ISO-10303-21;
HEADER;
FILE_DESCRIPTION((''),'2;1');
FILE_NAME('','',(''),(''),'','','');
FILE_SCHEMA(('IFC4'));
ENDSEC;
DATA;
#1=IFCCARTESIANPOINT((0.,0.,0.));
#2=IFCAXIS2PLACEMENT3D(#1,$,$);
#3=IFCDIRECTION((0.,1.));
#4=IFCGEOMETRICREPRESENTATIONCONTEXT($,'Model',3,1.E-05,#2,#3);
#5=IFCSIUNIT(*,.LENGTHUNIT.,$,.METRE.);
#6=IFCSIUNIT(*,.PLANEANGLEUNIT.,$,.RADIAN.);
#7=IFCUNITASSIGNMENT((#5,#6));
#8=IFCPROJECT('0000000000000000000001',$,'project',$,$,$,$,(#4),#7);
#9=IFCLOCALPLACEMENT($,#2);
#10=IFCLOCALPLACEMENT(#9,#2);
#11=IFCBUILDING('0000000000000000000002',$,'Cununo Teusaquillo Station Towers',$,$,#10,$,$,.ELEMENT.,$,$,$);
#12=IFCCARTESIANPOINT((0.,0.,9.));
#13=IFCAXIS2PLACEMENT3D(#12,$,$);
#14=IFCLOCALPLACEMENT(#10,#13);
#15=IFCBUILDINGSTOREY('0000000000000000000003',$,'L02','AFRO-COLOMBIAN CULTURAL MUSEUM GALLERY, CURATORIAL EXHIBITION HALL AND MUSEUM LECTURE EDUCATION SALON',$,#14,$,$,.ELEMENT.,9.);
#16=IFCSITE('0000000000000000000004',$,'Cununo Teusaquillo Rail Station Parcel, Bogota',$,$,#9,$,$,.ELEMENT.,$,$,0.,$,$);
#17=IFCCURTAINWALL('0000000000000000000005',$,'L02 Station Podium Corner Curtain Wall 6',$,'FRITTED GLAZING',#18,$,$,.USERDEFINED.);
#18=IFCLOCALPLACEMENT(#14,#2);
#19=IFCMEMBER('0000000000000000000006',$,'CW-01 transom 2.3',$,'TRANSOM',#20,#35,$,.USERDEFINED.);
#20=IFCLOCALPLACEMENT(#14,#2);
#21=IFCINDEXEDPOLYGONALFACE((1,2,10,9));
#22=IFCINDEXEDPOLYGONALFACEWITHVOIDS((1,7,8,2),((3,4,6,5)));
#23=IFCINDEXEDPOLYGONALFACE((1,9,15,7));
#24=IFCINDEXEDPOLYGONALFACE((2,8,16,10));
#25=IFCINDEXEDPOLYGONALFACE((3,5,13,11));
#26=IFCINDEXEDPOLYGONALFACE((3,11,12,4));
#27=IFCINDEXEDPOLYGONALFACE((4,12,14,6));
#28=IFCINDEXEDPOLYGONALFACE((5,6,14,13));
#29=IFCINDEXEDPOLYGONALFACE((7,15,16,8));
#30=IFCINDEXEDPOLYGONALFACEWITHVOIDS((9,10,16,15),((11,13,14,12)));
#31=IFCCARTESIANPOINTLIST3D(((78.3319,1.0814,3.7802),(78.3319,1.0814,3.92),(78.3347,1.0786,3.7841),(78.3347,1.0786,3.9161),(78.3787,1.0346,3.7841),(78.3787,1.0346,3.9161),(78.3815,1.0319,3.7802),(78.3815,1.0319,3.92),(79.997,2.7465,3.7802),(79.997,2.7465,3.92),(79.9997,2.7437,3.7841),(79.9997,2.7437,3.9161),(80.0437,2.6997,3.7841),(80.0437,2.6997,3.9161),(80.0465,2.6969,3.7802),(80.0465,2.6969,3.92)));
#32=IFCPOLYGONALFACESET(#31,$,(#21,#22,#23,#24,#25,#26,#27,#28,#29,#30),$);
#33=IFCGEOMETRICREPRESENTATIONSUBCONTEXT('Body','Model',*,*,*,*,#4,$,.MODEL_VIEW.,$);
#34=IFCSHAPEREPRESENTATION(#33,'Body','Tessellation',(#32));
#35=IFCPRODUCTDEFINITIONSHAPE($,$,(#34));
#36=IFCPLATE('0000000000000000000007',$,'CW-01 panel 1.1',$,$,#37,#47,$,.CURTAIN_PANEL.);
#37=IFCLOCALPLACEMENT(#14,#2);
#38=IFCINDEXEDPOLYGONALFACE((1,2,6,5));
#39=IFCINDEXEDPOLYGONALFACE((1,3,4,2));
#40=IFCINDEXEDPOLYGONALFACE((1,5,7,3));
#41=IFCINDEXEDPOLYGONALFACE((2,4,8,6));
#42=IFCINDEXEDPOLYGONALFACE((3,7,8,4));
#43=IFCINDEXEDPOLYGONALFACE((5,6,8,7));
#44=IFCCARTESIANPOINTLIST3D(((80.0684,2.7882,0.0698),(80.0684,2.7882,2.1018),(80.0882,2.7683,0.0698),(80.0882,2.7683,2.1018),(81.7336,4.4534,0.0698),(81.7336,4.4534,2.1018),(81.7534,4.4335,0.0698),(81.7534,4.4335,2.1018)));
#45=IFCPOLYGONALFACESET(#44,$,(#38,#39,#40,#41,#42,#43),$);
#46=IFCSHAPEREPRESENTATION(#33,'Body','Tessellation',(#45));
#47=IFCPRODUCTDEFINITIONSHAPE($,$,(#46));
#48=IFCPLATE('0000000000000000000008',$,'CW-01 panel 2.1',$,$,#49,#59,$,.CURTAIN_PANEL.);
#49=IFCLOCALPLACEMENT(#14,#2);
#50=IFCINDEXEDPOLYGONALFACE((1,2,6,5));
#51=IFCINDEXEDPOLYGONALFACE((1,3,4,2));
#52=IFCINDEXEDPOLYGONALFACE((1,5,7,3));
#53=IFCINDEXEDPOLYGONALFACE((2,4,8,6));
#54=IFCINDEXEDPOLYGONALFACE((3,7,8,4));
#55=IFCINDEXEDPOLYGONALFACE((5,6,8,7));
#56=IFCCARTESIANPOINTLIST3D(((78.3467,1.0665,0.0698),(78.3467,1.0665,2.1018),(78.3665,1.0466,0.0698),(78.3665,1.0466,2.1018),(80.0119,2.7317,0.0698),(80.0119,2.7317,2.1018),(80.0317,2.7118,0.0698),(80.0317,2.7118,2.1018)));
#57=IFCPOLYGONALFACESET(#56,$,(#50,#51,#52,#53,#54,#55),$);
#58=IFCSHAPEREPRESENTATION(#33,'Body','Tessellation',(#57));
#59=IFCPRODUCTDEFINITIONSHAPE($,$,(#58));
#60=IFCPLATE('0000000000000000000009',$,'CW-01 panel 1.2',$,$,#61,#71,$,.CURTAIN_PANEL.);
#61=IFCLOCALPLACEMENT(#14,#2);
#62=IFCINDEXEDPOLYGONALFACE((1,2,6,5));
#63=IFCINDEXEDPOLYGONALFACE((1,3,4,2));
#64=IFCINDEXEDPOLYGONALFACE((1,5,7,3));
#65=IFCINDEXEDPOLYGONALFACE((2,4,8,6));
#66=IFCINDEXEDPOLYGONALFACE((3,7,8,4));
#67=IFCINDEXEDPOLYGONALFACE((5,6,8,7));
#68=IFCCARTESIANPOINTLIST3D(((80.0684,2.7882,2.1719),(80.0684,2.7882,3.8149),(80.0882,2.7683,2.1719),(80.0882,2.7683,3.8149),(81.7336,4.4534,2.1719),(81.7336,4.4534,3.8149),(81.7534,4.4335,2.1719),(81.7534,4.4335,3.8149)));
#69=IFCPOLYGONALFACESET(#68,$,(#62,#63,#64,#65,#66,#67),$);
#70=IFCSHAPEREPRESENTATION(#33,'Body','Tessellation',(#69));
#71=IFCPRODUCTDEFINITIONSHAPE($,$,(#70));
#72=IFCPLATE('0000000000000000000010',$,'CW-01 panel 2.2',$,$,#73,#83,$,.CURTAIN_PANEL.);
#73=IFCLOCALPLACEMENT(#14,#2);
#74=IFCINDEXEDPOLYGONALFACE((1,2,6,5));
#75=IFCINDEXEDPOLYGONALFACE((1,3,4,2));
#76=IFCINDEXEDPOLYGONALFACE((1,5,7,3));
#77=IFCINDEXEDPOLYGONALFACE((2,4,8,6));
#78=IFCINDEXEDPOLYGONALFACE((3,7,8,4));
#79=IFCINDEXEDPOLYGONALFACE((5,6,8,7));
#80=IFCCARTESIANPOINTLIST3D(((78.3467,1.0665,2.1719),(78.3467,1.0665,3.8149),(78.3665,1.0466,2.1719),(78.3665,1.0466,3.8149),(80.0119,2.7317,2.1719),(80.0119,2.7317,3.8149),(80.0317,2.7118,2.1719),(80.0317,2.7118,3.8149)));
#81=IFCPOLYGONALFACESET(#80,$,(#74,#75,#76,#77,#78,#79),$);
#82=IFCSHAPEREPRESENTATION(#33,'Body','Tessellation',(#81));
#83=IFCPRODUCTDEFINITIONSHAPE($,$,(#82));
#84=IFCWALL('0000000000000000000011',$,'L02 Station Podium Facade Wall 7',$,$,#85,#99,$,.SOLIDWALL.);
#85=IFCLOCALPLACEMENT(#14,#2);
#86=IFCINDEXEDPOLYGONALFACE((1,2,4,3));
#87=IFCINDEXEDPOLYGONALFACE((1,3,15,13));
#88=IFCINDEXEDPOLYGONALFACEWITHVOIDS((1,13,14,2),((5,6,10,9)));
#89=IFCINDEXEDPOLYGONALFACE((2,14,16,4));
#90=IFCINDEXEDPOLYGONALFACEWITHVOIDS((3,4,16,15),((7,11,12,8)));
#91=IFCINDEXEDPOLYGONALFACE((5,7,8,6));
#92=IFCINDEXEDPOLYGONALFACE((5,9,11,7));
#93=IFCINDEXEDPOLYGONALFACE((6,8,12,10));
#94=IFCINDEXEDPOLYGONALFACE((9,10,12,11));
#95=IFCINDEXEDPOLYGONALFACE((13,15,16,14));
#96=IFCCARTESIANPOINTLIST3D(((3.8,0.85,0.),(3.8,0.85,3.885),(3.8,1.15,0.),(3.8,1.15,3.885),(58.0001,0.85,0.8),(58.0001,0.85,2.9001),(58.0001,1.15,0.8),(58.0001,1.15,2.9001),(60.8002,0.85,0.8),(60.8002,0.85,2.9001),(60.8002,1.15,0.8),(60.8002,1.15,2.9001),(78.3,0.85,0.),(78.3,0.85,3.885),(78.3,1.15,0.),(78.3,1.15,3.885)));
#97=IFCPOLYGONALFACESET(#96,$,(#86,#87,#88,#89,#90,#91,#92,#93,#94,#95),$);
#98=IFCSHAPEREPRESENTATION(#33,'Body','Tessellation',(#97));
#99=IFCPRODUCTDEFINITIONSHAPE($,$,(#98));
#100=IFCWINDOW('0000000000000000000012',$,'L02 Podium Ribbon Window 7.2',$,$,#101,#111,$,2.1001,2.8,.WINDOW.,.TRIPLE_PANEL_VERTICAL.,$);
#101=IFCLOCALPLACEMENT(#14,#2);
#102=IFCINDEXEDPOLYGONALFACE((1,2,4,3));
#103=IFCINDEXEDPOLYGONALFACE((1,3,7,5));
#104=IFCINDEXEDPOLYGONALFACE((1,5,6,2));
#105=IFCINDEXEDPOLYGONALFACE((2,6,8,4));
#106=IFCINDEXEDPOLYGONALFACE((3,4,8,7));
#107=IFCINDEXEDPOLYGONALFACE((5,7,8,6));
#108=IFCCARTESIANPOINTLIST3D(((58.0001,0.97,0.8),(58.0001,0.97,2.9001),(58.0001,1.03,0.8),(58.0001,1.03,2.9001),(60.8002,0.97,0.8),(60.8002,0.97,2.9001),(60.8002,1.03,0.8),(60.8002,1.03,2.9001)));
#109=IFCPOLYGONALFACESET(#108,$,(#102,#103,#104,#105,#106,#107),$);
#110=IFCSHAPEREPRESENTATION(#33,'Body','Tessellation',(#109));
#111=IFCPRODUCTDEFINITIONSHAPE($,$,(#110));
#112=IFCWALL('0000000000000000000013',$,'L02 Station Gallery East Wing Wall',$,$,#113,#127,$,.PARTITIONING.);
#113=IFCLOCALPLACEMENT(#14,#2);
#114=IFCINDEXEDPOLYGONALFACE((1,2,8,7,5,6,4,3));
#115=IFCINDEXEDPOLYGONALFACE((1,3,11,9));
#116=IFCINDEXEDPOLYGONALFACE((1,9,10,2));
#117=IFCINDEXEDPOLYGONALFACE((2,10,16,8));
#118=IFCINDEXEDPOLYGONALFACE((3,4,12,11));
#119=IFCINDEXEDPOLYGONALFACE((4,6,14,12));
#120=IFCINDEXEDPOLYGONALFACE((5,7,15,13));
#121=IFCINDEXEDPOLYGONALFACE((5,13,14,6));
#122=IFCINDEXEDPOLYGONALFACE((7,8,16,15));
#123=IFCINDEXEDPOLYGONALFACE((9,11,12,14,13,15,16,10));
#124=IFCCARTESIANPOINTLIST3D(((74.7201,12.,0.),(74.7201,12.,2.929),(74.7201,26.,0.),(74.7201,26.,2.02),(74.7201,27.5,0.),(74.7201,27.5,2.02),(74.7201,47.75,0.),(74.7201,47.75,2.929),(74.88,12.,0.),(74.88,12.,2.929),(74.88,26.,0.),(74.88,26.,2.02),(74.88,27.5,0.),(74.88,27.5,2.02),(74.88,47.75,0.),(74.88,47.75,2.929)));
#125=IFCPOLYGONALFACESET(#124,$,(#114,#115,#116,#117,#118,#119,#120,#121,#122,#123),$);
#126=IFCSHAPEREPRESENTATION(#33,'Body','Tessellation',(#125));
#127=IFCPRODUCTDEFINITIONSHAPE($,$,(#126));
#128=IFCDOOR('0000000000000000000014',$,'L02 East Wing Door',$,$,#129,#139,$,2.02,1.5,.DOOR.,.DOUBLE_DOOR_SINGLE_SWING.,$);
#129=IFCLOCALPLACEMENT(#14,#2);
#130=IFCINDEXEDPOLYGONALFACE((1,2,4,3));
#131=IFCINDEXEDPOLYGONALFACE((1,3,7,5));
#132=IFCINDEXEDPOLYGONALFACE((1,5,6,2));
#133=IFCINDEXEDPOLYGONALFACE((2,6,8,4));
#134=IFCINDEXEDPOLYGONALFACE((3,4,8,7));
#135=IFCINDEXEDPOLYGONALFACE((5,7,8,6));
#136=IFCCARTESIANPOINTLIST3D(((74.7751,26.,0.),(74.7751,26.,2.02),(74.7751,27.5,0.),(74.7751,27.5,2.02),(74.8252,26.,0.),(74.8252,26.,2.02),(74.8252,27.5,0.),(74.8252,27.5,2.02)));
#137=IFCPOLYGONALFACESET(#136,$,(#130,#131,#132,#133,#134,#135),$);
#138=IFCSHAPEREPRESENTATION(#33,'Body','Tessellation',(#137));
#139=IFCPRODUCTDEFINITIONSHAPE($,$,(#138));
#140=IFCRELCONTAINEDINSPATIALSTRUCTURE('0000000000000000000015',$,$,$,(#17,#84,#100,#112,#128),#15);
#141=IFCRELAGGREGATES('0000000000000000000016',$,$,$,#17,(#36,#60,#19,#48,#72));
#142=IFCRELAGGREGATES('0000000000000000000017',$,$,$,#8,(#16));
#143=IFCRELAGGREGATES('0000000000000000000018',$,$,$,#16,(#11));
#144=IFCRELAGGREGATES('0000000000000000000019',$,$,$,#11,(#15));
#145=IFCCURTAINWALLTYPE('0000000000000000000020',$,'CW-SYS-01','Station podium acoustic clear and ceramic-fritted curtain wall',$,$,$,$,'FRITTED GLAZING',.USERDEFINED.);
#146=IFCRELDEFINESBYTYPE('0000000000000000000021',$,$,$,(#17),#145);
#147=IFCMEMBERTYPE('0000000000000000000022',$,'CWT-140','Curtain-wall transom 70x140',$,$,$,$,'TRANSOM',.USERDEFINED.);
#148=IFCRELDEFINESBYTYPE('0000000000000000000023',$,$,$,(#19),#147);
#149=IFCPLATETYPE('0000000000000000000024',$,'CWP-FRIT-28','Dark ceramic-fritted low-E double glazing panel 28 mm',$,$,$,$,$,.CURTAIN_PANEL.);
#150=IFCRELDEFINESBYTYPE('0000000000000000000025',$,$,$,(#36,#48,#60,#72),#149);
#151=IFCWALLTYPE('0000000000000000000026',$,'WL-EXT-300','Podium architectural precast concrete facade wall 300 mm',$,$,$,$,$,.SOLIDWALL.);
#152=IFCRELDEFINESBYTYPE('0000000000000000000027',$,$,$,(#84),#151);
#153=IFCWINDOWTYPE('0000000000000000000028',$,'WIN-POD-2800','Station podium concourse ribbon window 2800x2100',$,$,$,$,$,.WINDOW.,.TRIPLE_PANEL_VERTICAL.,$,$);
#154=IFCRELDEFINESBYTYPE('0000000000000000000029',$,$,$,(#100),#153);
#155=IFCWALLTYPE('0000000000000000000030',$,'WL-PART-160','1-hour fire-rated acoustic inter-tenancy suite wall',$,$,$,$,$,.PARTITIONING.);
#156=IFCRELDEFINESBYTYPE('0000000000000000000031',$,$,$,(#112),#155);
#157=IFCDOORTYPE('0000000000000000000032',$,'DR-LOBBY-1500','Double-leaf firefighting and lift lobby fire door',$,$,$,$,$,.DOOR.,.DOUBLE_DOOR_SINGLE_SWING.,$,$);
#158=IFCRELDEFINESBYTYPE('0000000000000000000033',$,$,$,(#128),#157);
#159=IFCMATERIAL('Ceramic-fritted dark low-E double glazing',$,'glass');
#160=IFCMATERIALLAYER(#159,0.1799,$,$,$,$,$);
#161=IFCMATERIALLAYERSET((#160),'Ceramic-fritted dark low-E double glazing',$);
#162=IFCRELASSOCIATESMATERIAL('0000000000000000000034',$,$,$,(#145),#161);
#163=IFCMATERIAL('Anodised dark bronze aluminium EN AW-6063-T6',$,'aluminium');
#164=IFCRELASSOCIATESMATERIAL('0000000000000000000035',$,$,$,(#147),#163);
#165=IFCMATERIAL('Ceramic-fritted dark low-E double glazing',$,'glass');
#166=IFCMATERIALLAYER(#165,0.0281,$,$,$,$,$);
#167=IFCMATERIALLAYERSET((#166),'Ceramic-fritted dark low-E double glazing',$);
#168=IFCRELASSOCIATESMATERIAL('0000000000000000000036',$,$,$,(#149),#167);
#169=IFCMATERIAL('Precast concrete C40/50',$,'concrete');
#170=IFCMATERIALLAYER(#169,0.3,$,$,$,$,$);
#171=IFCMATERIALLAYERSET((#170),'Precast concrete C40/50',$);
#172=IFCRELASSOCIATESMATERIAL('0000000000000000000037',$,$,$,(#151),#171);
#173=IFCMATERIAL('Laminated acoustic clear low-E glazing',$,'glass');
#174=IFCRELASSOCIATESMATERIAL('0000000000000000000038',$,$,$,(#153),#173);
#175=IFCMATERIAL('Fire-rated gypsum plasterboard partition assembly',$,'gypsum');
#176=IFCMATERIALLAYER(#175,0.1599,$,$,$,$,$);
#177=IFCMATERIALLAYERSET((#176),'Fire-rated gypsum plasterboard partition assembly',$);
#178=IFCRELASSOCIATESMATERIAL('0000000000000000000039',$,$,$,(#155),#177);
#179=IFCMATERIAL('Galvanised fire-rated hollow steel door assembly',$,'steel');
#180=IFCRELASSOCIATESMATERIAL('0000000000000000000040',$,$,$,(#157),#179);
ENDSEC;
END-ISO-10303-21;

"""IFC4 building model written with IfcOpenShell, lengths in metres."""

from ifc_helpers import new_model, si_unit, direction, frame, frame_2d, origin, origin_2d, place, context, subcontext, project, spatial, rectangle, hollow_rectangle, extrude, source, transform, mapped, material, layer, layer_set, material_profile, profile_set, type_object, element, fill, aggregate, save


model = new_model("IFC4")

# Units and contexts
model_context = context("Model", 3, precision=1e-05, world=origin(), true_north=direction((0.0, 1.0)))
body_context = subcontext(model_context, "Body", "Model", "MODEL_VIEW")
ifc_project = project(units=[si_unit("LENGTHUNIT", "METRE"), si_unit("PLANEANGLEUNIT", "RADIAN")], contexts=[model_context])

# Site, building, storey
site_placement = place(None, origin())
site = spatial("IfcSite", under=ifc_project, at=site_placement, Name="Cununo Teusaquillo Rail Station Parcel, Bogota", CompositionType="ELEMENT", RefElevation=0.0)
building_placement = place(site_placement, origin())
building = spatial("IfcBuilding", under=site, at=building_placement, Name="Cununo Teusaquillo Station Towers", CompositionType="ELEMENT")
storey_placement = place(building_placement, frame((0.0, 0.0, 9.0)))
storey = spatial("IfcBuildingStorey", under=building, at=storey_placement, Name="L02", Description="AFRO-COLOMBIAN CULTURAL MUSEUM GALLERY, CURATORIAL EXHIBITION HALL AND MUSEUM LECTURE EDUCATION SALON", CompositionType="ELEMENT", Elevation=9.0)

# Curtain wall, member, plates
ifc_material_1 = material(Name="Ceramic-fritted dark low-E double glazing", Category="glass")
ifc_layer_1 = layer(ifc_material_1, 0.1799)
ifc_layer_set_1 = layer_set([ifc_layer_1], Name="Ceramic-fritted dark low-E double glazing")
curtain_wall_type = type_object("IfcCurtainWallType", Name="CW-SYS-01", Description="Station podium acoustic clear and ceramic-fritted curtain wall", ElementType="FRITTED GLAZING", PredefinedType="USERDEFINED", material=ifc_layer_set_1)
curtain_wall_placement = place(storey_placement, origin())
curtain_wall = element("IfcCurtainWall", 1, at=curtain_wall_placement, inside=storey, type_object=curtain_wall_type, Name="L02 Station Podium Corner Curtain Wall 6", ObjectType="FRITTED GLAZING", PredefinedType="USERDEFINED")
ifc_material_2 = material(Name="Anodised dark bronze aluminium EN AW-6063-T6", Category="aluminium")
ifc_material_profile_1 = material_profile(ifc_material_2, hollow_rectangle(XDim=0.0701, YDim=0.1399, WallThickness=0.0039, at=origin_2d()), Name="CW-TRAN-70x140")
ifc_profile_set_1 = profile_set([ifc_material_profile_1], Name="Anodised dark bronze aluminium EN AW-6063-T6")
member_type_1 = type_object("IfcMemberType", Name="CWT-140", Description="Curtain-wall transom 70x140", ElementType="TRANSOM", PredefinedType="USERDEFINED", material=ifc_profile_set_1)
member_1_placement = place(storey_placement, frame((80.0217, 2.7217, 3.8501), z_axis=(-0.707107, -0.707107, 0.0), x_axis=(0.707107, -0.707107, 0.0)))
member_1 = element("IfcMember", 2, at=member_1_placement, type_object=member_type_1, Name="CW-01 transom 2.3", ObjectType="TRANSOM", PredefinedType="USERDEFINED", context=body_context, shape_type="SweptSolid", body=[
    extrude(hollow_rectangle(XDim=0.0701, YDim=0.1399, WallThickness=0.0039, at=origin_2d()), origin(), (0.0, 0.0, 1.0), 2.3547),
])
ifc_material_3 = material(Name="Ceramic-fritted dark low-E double glazing", Category="glass")
ifc_layer_2 = layer(ifc_material_3, 0.0281)
ifc_layer_set_2 = layer_set([ifc_layer_2], Name="Ceramic-fritted dark low-E double glazing")
plate_type = type_object("IfcPlateType", Name="CWP-FRIT-28", Description="Dark ceramic-fritted low-E double glazing panel 28 mm", PredefinedType="CURTAIN_PANEL", material=ifc_layer_set_2)
shared_shape_1 = source(origin(), body_context, "Body", "SweptSolid", [
    extrude(rectangle(XDim=2.355, YDim=0.0281, at=origin_2d()), origin(), (0.0, 0.0, 1.0), 2.032),
])
plate_1_placement = place(storey_placement, frame((80.9109, 3.6108, 0.0698), z_axis=(0.0, 0.0, 1.0), x_axis=(-0.707107, -0.707107, 0.0)))
plate_1 = element("IfcPlate", 3, at=plate_1_placement, type_object=plate_type, Name="CW-01 panel 1.1", PredefinedType="CURTAIN_PANEL", context=body_context, shape_type="MappedRepresentation", body=[
    mapped(shared_shape_1, transform((0.0, 0.0, 0.0), x_axis=(1.0, 0.0, 0.0), y_axis=(0.0, 1.0, 0.0), z_axis=(0.0, 0.0, 1.0), scale=1.0)),
])
plate_2_placement = place(storey_placement, frame((79.1892, 1.8892, 0.0698), z_axis=(0.0, 0.0, 1.0), x_axis=(-0.707107, -0.707107, 0.0)))
plate_2 = element("IfcPlate", 4, at=plate_2_placement, type_object=plate_type, Name="CW-01 panel 2.1", PredefinedType="CURTAIN_PANEL", context=body_context, shape_type="MappedRepresentation", body=[
    mapped(shared_shape_1, transform((0.0, 0.0, 0.0), x_axis=(1.0, 0.0, 0.0), y_axis=(0.0, 1.0, 0.0), z_axis=(0.0, 0.0, 1.0), scale=1.0)),
])
shared_shape_2 = source(origin(), body_context, "Body", "SweptSolid", [
    extrude(rectangle(XDim=2.355, YDim=0.0281, at=origin_2d()), origin(), (0.0, 0.0, 1.0), 1.6431),
])
plate_3_placement = place(storey_placement, frame((80.9109, 3.6108, 2.1719), z_axis=(0.0, 0.0, 1.0), x_axis=(-0.707107, -0.707107, 0.0)))
plate_3 = element("IfcPlate", 5, at=plate_3_placement, type_object=plate_type, Name="CW-01 panel 1.2", PredefinedType="CURTAIN_PANEL", context=body_context, shape_type="MappedRepresentation", body=[
    mapped(shared_shape_2, transform((0.0, 0.0, 0.0), x_axis=(1.0, 0.0, 0.0), y_axis=(0.0, 1.0, 0.0), z_axis=(0.0, 0.0, 1.0), scale=1.0)),
])
plate_4_placement = place(storey_placement, frame((79.1892, 1.8892, 2.1719), z_axis=(0.0, 0.0, 1.0), x_axis=(-0.707107, -0.707107, 0.0)))
plate_4 = element("IfcPlate", 6, at=plate_4_placement, type_object=plate_type, Name="CW-01 panel 2.2", PredefinedType="CURTAIN_PANEL", context=body_context, shape_type="MappedRepresentation", body=[
    mapped(shared_shape_2, transform((0.0, 0.0, 0.0), x_axis=(1.0, 0.0, 0.0), y_axis=(0.0, 1.0, 0.0), z_axis=(0.0, 0.0, 1.0), scale=1.0)),
])
aggregate(curtain_wall, [plate_1, plate_3, member_1, plate_2, plate_4])

# Wall, opening, window
ifc_material_4 = material(Name="Precast concrete C40/50", Category="concrete")
ifc_layer_3 = layer(ifc_material_4, 0.3)
ifc_layer_set_3 = layer_set([ifc_layer_3], Name="Precast concrete C40/50")
wall_type_1 = type_object("IfcWallType", Name="WL-EXT-300", Description="Podium architectural precast concrete facade wall 300 mm", PredefinedType="SOLIDWALL", material=ifc_layer_set_3)
wall_1_placement = place(storey_placement, frame((78.3, 1.0, 0.0), z_axis=(0.0, 0.0, 1.0), x_axis=(-1.0, 0.0, 0.0)))
wall_1 = element("IfcWall", 7, at=wall_1_placement, inside=storey, type_object=wall_type_1, Name="L02 Station Podium Facade Wall 7", PredefinedType="SOLIDWALL", context=body_context, shape_type="SweptSolid", body=[
    extrude(rectangle(XDim=74.5, YDim=0.3, at=frame_2d((37.25, 0.0))), origin(), (0.0, 0.0, 1.0), 3.885),
])
shared_shape_3 = source(origin(), body_context, "Body", "SweptSolid", [
    extrude(rectangle(XDim=2.8, YDim=2.1001, at=frame_2d((1.3999, 1.05))), frame((0.0, 0.1599, 0.0), z_axis=(0.0, -1.0, 0.0), x_axis=(1.0, 0.0, 0.0)), (0.0, 0.0, 1.0), 0.3201),
])
opening_1_placement = place(wall_1_placement, frame((17.5, 0.0, 0.8)))
opening_1 = element("IfcOpeningElement", 8, at=opening_1_placement, cuts=wall_1, PredefinedType="OPENING", context=body_context, shape_type="MappedRepresentation", body=[
    mapped(shared_shape_3, transform((0.0, 0.0, 0.0), x_axis=(1.0, 0.0, 0.0), y_axis=(0.0, 1.0, 0.0), z_axis=(0.0, 0.0, 1.0), scale=1.0)),
])
ifc_material_5 = material(Name="Laminated acoustic clear low-E glazing", Category="glass")
window_type = type_object("IfcWindowType", Name="WIN-POD-2800", Description="Station podium concourse ribbon window 2800x2100", PartitioningType="TRIPLE_PANEL_VERTICAL", PredefinedType="WINDOW", material=ifc_material_5)
shared_shape_4 = source(origin(), body_context, "Body", "SweptSolid", [
    extrude(rectangle(XDim=2.8, YDim=2.1001, at=frame_2d((1.3999, 1.05))), frame((0.0, 0.03, 0.0), z_axis=(0.0, -1.0, 0.0), x_axis=(1.0, 0.0, 0.0)), (0.0, 0.0, 1.0), 0.0601),
])
window_placement = place(opening_1_placement, origin())
window = element("IfcWindow", 9, at=window_placement, inside=storey, type_object=window_type, Name="L02 Podium Ribbon Window 7.2", OverallHeight=2.1001, OverallWidth=2.8, PartitioningType="TRIPLE_PANEL_VERTICAL", PredefinedType="WINDOW", context=body_context, shape_type="MappedRepresentation", body=[
    mapped(shared_shape_4, transform((0.0, 0.0, 0.0), x_axis=(1.0, 0.0, 0.0), y_axis=(0.0, 1.0, 0.0), z_axis=(0.0, 0.0, 1.0), scale=1.0)),
])
fill(opening_1, window)

# Wall, opening, door
ifc_material_6 = material(Name="Fire-rated gypsum plasterboard partition assembly", Category="gypsum")
ifc_layer_4 = layer(ifc_material_6, 0.1599)
ifc_layer_set_4 = layer_set([ifc_layer_4], Name="Fire-rated gypsum plasterboard partition assembly")
wall_type_2 = type_object("IfcWallType", Name="WL-PART-160", Description="1-hour fire-rated acoustic inter-tenancy suite wall", PredefinedType="PARTITIONING", material=ifc_layer_set_4)
wall_2_placement = place(storey_placement, frame((74.8, 12.0, 0.0), z_axis=(0.0, 0.0, 1.0), x_axis=(0.0, 1.0, 0.0)))
wall_2 = element("IfcWall", 10, at=wall_2_placement, inside=storey, type_object=wall_type_2, Name="L02 Station Gallery East Wing Wall", PredefinedType="PARTITIONING", context=body_context, shape_type="SweptSolid", body=[
    extrude(rectangle(XDim=35.75, YDim=0.1599, at=frame_2d((17.875, 0.0))), origin(), (0.0, 0.0, 1.0), 2.929),
])
shared_shape_5 = source(origin(), body_context, "Body", "SweptSolid", [
    extrude(rectangle(XDim=1.5, YDim=2.02, at=frame_2d((0.75, 1.01))), frame((0.0, 0.0898, 0.0), z_axis=(0.0, -1.0, 0.0), x_axis=(1.0, 0.0, 0.0)), (0.0, 0.0, 1.0), 0.1799),
])
opening_2_placement = place(wall_2_placement, frame((14.0, 0.0, 0.0)))
opening_2 = element("IfcOpeningElement", 11, at=opening_2_placement, cuts=wall_2, PredefinedType="OPENING", context=body_context, shape_type="MappedRepresentation", body=[
    mapped(shared_shape_5, transform((0.0, 0.0, 0.0), x_axis=(1.0, 0.0, 0.0), y_axis=(0.0, 1.0, 0.0), z_axis=(0.0, 0.0, 1.0), scale=1.0)),
])
ifc_material_7 = material(Name="Galvanised fire-rated hollow steel door assembly", Category="steel")
door_type = type_object("IfcDoorType", Name="DR-LOBBY-1500", Description="Double-leaf firefighting and lift lobby fire door", OperationType="DOUBLE_DOOR_SINGLE_SWING", PredefinedType="DOOR", material=ifc_material_7)
shared_shape_6 = source(origin(), body_context, "Body", "SweptSolid", [
    extrude(rectangle(XDim=1.5, YDim=2.02, at=frame_2d((0.75, 1.01))), frame((0.0, 0.0249, 0.0), z_axis=(0.0, -1.0, 0.0), x_axis=(1.0, 0.0, 0.0)), (0.0, 0.0, 1.0), 0.05),
])
door_placement = place(opening_2_placement, origin())
door = element("IfcDoor", 12, at=door_placement, inside=storey, type_object=door_type, Name="L02 East Wing Door", OperationType="DOUBLE_DOOR_SINGLE_SWING", OverallHeight=2.02, OverallWidth=1.5, PredefinedType="DOOR", context=body_context, shape_type="MappedRepresentation", body=[
    mapped(shared_shape_6, transform((0.0, 0.0, 0.0), x_axis=(1.0, 0.0, 0.0), y_axis=(0.0, 1.0, 0.0), z_axis=(0.0, 0.0, 1.0), scale=1.0)),
])
fill(opening_2, door)

save(model, "model.ifc")
